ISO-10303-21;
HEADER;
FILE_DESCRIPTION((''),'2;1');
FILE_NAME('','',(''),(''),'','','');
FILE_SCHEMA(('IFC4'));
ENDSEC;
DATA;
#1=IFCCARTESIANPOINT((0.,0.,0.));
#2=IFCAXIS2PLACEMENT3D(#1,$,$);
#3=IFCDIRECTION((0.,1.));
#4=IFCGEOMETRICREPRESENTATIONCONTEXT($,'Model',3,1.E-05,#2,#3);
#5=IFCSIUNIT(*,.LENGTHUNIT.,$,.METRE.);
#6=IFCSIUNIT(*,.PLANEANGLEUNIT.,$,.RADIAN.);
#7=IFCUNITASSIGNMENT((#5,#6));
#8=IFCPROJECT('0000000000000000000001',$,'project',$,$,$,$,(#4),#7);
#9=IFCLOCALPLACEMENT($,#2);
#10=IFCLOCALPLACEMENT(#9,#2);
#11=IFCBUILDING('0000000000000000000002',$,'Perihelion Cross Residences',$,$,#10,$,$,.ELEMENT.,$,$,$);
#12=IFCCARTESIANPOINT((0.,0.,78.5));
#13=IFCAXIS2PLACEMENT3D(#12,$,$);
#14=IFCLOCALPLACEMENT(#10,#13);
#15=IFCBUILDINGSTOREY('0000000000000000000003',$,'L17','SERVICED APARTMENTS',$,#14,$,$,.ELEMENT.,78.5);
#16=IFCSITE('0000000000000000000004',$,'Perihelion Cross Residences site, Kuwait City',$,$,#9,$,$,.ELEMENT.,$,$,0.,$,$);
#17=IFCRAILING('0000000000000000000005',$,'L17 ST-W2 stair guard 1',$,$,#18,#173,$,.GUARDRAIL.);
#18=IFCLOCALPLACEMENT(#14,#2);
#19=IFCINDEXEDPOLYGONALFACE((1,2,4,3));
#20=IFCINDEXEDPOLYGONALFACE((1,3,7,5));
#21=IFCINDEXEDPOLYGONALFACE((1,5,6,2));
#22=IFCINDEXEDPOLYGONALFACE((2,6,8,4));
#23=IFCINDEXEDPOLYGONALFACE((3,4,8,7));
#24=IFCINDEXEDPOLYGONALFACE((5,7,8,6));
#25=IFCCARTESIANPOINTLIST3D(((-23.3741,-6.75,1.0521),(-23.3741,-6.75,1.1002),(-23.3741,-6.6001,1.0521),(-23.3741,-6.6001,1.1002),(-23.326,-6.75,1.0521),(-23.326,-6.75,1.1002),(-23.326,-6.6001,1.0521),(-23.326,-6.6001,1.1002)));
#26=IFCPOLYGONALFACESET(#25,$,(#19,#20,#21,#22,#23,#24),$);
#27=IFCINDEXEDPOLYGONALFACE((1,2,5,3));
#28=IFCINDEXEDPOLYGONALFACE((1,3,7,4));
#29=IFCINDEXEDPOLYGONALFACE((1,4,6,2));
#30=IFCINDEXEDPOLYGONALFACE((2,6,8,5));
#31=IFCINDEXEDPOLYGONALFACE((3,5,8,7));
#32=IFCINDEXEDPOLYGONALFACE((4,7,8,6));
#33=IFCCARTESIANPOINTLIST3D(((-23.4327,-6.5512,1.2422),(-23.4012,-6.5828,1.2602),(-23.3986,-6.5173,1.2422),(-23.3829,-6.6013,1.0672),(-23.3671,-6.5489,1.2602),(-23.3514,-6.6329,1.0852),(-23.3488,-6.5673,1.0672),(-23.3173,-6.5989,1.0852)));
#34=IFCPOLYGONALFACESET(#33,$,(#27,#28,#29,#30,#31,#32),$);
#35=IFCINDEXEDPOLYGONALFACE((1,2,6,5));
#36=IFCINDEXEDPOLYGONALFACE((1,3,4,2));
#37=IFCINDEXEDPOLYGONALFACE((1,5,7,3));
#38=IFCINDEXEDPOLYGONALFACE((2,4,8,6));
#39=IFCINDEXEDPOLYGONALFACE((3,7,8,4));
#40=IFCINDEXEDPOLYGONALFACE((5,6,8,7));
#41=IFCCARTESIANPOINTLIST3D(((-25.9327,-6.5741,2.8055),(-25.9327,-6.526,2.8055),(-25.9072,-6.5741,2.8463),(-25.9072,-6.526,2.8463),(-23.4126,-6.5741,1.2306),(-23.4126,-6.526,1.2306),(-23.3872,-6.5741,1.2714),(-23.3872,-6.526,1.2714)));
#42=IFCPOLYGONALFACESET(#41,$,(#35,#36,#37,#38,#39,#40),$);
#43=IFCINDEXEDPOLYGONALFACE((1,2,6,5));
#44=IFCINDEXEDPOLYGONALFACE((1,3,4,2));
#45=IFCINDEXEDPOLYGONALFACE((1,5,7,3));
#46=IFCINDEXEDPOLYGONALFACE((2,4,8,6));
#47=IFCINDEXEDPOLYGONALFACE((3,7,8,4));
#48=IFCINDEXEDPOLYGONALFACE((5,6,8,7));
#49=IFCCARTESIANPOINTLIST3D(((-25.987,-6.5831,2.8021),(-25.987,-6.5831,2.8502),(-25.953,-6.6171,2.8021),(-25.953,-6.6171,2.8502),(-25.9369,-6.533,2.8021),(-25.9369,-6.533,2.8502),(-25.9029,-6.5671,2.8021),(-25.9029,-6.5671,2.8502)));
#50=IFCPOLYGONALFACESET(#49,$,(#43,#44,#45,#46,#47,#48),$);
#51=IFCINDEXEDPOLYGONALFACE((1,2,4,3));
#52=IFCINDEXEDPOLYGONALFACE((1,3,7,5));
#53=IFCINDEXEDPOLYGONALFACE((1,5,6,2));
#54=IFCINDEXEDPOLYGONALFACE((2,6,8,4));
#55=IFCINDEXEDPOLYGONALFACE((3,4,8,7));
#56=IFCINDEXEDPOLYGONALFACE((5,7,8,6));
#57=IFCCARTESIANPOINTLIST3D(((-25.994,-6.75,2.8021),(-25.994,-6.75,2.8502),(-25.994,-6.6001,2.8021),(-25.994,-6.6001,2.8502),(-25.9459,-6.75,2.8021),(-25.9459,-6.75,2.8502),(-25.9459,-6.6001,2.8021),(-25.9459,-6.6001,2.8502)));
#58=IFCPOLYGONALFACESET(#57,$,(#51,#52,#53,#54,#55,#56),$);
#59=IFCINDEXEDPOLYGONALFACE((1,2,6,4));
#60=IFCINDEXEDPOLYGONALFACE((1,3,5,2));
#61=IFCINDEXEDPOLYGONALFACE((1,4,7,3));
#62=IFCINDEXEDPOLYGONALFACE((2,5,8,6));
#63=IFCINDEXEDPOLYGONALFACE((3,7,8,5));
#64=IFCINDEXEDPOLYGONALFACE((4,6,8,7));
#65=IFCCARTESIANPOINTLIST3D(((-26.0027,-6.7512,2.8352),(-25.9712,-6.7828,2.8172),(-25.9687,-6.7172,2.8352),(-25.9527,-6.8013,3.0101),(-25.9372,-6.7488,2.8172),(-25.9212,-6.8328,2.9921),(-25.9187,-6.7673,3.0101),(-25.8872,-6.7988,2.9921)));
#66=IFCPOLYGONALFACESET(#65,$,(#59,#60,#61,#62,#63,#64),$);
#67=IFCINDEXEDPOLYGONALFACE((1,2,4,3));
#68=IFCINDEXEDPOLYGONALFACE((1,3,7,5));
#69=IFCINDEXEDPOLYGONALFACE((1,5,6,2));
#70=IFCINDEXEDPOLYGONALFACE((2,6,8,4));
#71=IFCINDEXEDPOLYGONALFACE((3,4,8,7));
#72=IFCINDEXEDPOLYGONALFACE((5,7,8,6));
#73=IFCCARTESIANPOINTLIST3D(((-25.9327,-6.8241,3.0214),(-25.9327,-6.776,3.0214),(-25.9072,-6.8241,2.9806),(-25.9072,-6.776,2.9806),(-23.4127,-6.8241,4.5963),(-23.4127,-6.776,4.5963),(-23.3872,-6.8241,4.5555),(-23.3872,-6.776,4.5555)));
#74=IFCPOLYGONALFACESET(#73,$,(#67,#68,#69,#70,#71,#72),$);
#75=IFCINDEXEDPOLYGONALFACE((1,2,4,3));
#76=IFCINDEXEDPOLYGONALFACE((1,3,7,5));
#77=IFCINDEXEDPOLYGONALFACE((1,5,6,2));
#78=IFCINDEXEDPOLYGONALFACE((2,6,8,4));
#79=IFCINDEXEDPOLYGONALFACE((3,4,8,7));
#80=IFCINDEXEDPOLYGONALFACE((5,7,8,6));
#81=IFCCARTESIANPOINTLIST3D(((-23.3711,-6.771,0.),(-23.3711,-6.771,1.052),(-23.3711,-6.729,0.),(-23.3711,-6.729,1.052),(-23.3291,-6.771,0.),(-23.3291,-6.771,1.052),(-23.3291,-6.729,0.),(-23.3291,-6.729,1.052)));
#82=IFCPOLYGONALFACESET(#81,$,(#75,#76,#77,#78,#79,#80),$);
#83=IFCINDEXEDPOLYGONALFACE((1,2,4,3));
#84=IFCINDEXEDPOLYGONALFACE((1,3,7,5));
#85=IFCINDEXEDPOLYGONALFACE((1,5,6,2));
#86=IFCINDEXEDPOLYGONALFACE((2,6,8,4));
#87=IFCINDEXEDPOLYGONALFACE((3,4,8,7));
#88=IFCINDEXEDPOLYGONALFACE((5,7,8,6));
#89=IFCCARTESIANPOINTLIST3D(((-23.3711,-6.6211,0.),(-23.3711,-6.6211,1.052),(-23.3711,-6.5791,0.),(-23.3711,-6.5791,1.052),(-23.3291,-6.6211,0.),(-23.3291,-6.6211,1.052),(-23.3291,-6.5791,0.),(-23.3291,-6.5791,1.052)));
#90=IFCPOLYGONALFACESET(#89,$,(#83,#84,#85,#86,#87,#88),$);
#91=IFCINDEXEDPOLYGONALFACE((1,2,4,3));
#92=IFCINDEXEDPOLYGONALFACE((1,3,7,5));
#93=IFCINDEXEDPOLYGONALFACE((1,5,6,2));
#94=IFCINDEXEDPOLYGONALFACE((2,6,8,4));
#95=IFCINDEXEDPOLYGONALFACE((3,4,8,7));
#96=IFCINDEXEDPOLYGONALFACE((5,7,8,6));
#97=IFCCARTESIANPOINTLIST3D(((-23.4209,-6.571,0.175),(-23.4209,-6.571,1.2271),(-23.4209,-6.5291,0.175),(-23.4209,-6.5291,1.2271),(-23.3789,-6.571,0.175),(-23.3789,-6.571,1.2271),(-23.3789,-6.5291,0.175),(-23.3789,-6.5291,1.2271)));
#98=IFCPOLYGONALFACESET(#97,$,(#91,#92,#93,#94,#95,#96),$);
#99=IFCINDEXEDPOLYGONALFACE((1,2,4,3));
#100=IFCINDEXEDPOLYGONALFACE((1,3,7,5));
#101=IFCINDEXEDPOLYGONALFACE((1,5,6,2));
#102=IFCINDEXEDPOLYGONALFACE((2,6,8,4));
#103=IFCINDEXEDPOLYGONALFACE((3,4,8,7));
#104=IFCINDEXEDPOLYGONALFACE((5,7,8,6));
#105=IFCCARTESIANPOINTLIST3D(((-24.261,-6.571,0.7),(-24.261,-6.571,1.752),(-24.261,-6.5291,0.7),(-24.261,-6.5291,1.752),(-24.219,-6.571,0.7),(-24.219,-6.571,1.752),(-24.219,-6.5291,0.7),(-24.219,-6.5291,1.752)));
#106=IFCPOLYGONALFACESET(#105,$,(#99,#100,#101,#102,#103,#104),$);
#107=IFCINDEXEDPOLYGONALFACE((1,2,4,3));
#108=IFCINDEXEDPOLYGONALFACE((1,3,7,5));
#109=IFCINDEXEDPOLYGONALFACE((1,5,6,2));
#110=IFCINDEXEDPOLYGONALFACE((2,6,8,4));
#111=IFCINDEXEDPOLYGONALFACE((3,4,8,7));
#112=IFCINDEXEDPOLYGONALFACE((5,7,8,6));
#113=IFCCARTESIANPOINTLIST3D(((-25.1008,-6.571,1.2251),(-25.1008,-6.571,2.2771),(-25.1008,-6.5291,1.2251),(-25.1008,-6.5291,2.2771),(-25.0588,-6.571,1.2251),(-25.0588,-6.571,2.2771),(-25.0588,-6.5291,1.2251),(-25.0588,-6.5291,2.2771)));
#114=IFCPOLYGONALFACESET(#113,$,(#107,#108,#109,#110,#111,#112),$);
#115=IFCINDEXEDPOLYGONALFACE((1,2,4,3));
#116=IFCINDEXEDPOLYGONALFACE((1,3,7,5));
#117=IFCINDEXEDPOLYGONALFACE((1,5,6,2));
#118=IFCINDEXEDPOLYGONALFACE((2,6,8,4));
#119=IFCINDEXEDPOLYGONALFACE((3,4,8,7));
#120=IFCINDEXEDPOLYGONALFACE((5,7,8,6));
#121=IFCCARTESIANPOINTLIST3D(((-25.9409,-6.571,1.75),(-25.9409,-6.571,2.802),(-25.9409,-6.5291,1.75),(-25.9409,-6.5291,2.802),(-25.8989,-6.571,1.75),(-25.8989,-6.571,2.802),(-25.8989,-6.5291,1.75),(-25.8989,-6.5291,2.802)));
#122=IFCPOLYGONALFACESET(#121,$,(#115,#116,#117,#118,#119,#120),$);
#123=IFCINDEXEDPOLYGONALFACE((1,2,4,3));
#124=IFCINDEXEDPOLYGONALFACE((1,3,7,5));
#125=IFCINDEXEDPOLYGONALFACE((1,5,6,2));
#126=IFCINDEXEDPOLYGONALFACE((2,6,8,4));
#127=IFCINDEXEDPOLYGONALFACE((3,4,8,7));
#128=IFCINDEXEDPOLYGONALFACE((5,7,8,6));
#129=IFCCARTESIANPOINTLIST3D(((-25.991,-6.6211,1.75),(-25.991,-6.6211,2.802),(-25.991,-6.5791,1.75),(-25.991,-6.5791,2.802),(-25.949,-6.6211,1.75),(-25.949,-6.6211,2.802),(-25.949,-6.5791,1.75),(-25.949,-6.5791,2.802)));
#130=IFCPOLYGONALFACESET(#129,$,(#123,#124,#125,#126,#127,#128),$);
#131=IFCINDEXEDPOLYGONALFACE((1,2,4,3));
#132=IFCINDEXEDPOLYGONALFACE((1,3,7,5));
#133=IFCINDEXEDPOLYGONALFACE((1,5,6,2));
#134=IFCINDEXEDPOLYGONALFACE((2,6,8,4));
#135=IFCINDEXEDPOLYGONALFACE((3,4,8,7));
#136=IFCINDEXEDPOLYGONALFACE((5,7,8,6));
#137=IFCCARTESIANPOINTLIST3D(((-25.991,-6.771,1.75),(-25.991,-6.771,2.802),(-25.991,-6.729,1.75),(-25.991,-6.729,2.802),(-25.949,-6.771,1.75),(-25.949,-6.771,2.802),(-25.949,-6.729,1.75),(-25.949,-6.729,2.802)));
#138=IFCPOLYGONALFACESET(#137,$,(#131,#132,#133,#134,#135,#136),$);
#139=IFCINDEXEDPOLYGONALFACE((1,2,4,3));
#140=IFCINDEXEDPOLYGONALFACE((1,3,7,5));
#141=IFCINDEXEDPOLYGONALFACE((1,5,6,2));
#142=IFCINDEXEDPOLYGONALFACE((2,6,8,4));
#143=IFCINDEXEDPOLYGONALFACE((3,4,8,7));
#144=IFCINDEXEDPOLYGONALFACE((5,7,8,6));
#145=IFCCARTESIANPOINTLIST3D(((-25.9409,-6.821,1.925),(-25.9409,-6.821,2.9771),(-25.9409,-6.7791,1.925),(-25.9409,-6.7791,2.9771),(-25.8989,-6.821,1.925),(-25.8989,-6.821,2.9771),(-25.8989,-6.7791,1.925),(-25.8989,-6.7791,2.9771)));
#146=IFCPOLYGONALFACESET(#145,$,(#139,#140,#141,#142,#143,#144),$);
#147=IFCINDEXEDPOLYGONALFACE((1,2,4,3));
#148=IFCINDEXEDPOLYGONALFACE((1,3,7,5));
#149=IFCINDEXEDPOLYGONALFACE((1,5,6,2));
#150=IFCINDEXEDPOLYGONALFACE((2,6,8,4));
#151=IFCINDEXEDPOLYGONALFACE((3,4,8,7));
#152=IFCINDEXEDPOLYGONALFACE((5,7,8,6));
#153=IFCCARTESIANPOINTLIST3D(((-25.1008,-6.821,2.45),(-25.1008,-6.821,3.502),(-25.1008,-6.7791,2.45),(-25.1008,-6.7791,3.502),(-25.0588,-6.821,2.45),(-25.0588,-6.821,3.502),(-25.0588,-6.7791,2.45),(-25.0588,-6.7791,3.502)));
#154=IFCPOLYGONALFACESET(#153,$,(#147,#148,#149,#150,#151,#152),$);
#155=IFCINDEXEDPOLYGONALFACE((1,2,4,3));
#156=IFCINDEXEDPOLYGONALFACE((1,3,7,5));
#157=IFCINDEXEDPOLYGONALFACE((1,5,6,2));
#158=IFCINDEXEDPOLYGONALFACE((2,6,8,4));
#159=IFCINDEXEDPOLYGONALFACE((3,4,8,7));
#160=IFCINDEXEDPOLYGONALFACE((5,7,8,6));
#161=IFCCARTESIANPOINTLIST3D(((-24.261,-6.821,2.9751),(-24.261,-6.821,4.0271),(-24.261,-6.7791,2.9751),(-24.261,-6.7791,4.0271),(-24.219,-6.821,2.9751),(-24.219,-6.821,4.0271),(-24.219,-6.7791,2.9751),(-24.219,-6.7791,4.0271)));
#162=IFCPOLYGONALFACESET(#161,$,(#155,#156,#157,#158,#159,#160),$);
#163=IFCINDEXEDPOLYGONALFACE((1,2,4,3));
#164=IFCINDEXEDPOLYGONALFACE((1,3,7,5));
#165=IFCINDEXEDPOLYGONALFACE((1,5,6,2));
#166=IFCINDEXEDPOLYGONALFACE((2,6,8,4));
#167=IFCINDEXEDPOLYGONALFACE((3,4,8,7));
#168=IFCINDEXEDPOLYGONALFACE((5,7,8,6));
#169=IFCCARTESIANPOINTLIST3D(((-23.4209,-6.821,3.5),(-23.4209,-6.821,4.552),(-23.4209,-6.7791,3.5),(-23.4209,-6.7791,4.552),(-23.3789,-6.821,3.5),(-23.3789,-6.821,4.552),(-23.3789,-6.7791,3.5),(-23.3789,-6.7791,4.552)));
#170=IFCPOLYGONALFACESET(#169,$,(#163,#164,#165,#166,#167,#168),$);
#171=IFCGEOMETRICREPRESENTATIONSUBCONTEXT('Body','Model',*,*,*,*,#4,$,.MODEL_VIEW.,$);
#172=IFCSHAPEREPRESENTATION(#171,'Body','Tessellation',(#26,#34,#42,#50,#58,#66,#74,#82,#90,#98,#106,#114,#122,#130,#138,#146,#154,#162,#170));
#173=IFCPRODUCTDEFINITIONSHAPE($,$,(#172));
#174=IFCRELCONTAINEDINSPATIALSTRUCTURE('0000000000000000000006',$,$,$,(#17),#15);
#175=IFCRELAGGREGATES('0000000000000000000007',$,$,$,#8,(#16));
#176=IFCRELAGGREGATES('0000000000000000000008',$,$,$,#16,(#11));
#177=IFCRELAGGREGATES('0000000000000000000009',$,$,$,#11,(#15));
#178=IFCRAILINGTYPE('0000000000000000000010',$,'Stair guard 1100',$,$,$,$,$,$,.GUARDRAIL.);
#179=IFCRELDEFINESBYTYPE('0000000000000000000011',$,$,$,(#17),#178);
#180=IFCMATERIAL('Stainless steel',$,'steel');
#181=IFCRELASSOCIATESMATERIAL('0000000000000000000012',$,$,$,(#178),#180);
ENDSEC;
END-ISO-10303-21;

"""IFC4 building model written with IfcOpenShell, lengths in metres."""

from ifc_helpers import new_model, si_unit, direction, frame, origin, origin_2d, place, context, subcontext, project, spatial, rectangle, extrude, material, type_object, element, save


model = new_model("IFC4")

# Units and contexts
model_context = context("Model", 3, precision=1e-05, world=origin(), true_north=direction((0.0, 1.0)))
body_context = subcontext(model_context, "Body", "Model", "MODEL_VIEW")
ifc_project = project(units=[si_unit("LENGTHUNIT", "METRE"), si_unit("PLANEANGLEUNIT", "RADIAN")], contexts=[model_context])

# Site, building, storey
site_placement = place(None, origin())
site = spatial("IfcSite", under=ifc_project, at=site_placement, Name="Perihelion Cross Residences site, Kuwait City", CompositionType="ELEMENT", RefElevation=0.0)
building_placement = place(site_placement, origin())
building = spatial("IfcBuilding", under=site, at=building_placement, Name="Perihelion Cross Residences", CompositionType="ELEMENT")
storey_placement = place(building_placement, frame((0.0, 0.0, 78.5)))
storey = spatial("IfcBuildingStorey", under=building, at=storey_placement, Name="L17", Description="SERVICED APARTMENTS", CompositionType="ELEMENT", Elevation=78.5)

# Railing
ifc_material_1 = material(Name="Stainless steel", Category="steel")
railing_type_1 = type_object("IfcRailingType", Name="Stair guard 1100", PredefinedType="GUARDRAIL", material=ifc_material_1)
railing_1_placement = place(storey_placement, frame((-23.3501, -6.75, 0.0)))
element("IfcRailing", 1, at=railing_1_placement, inside=storey, type_object=railing_type_1, Name="L17 ST-W2 stair guard 1", PredefinedType="GUARDRAIL", context=body_context, shape_type="SweptSolid", body=[
    extrude(rectangle(XDim=0.0481, YDim=0.0481, at=origin_2d()), frame((0.0, 0.0, 1.0762), z_axis=(0.0, 1.0, 0.0), x_axis=(-1.0, 0.0, 0.0)), (0.0, 0.0, 1.0), 0.1499),
    extrude(rectangle(XDim=0.0481, YDim=0.0481, at=origin_2d()), frame((0.0, 0.1499, 1.0762), z_axis=(-0.263862, 0.265156, 0.927399), x_axis=(-0.708834, -0.705376, 0.0)), (0.0, 0.0, 1.0), 0.1887),
    extrude(rectangle(XDim=0.0481, YDim=0.0481, at=origin_2d()), frame((-0.0498, 0.2, 1.251), z_axis=(-0.848008, 0.0, 0.529984), x_axis=(0.0, -1.0, 0.0)), (0.0, 0.0, 1.0), 2.9717),
    extrude(rectangle(XDim=0.0481, YDim=0.0481, at=origin_2d()), frame((-2.5698, 0.2, 2.8262), z_axis=(-0.707107, -0.707107, 0.0), x_axis=(0.707107, -0.707107, 0.0)), (0.0, 0.0, 1.0), 0.0708),
    extrude(rectangle(XDim=0.0481, YDim=0.0481, at=origin_2d()), frame((-2.6199, 0.1499, 2.8262), z_axis=(0.0, -1.0, 0.0), x_axis=(1.0, 0.0, 0.0)), (0.0, 0.0, 1.0), 0.1499),
    extrude(rectangle(XDim=0.0481, YDim=0.0481, at=origin_2d()), frame((-2.6199, 0.0, 2.8262), z_axis=(0.265065, -0.265065, 0.927082), x_axis=(0.707107, 0.707107, 0.0)), (0.0, 0.0, 1.0), 0.1887),
    extrude(rectangle(XDim=0.0481, YDim=0.0481, at=origin_2d()), frame((-2.5698, -0.05, 3.001), z_axis=(0.848008, 0.0, 0.529984), x_axis=(0.0, 1.0, 0.0)), (0.0, 0.0, 1.0), 2.9717),
    extrude(rectangle(XDim=0.042, YDim=0.042, at=origin_2d()), origin(), (0.0, 0.0, 1.0), 1.052),
    extrude(rectangle(XDim=0.042, YDim=0.042, at=origin_2d()), frame((0.0, 0.1499, 0.0)), (0.0, 0.0, 1.0), 1.052),
    extrude(rectangle(XDim=0.042, YDim=0.042, at=origin_2d()), frame((-0.0498, 0.2, 0.175)), (0.0, 0.0, 1.0), 1.052),
    extrude(rectangle(XDim=0.042, YDim=0.042, at=origin_2d()), frame((-0.8899, 0.2, 0.7)), (0.0, 0.0, 1.0), 1.052),
    extrude(rectangle(XDim=0.042, YDim=0.042, at=origin_2d()), frame((-1.7297, 0.2, 1.2251)), (0.0, 0.0, 1.0), 1.052),
    extrude(rectangle(XDim=0.042, YDim=0.042, at=origin_2d()), frame((-2.5698, 0.2, 1.75)), (0.0, 0.0, 1.0), 1.052),
    extrude(rectangle(XDim=0.042, YDim=0.042, at=origin_2d()), frame((-2.6199, 0.1499, 1.75)), (0.0, 0.0, 1.0), 1.052),
    extrude(rectangle(XDim=0.042, YDim=0.042, at=origin_2d()), frame((-2.6199, 0.0, 1.75)), (0.0, 0.0, 1.0), 1.052),
    extrude(rectangle(XDim=0.042, YDim=0.042, at=origin_2d()), frame((-2.5698, -0.05, 1.925)), (0.0, 0.0, 1.0), 1.052),
    extrude(rectangle(XDim=0.042, YDim=0.042, at=origin_2d()), frame((-1.7297, -0.05, 2.45)), (0.0, 0.0, 1.0), 1.052),
    extrude(rectangle(XDim=0.042, YDim=0.042, at=origin_2d()), frame((-0.8899, -0.05, 2.9751)), (0.0, 0.0, 1.0), 1.052),
    extrude(rectangle(XDim=0.042, YDim=0.042, at=origin_2d()), frame((-0.0498, -0.05, 3.5)), (0.0, 0.0, 1.0), 1.052),
])

save(model, "model.ifc")
